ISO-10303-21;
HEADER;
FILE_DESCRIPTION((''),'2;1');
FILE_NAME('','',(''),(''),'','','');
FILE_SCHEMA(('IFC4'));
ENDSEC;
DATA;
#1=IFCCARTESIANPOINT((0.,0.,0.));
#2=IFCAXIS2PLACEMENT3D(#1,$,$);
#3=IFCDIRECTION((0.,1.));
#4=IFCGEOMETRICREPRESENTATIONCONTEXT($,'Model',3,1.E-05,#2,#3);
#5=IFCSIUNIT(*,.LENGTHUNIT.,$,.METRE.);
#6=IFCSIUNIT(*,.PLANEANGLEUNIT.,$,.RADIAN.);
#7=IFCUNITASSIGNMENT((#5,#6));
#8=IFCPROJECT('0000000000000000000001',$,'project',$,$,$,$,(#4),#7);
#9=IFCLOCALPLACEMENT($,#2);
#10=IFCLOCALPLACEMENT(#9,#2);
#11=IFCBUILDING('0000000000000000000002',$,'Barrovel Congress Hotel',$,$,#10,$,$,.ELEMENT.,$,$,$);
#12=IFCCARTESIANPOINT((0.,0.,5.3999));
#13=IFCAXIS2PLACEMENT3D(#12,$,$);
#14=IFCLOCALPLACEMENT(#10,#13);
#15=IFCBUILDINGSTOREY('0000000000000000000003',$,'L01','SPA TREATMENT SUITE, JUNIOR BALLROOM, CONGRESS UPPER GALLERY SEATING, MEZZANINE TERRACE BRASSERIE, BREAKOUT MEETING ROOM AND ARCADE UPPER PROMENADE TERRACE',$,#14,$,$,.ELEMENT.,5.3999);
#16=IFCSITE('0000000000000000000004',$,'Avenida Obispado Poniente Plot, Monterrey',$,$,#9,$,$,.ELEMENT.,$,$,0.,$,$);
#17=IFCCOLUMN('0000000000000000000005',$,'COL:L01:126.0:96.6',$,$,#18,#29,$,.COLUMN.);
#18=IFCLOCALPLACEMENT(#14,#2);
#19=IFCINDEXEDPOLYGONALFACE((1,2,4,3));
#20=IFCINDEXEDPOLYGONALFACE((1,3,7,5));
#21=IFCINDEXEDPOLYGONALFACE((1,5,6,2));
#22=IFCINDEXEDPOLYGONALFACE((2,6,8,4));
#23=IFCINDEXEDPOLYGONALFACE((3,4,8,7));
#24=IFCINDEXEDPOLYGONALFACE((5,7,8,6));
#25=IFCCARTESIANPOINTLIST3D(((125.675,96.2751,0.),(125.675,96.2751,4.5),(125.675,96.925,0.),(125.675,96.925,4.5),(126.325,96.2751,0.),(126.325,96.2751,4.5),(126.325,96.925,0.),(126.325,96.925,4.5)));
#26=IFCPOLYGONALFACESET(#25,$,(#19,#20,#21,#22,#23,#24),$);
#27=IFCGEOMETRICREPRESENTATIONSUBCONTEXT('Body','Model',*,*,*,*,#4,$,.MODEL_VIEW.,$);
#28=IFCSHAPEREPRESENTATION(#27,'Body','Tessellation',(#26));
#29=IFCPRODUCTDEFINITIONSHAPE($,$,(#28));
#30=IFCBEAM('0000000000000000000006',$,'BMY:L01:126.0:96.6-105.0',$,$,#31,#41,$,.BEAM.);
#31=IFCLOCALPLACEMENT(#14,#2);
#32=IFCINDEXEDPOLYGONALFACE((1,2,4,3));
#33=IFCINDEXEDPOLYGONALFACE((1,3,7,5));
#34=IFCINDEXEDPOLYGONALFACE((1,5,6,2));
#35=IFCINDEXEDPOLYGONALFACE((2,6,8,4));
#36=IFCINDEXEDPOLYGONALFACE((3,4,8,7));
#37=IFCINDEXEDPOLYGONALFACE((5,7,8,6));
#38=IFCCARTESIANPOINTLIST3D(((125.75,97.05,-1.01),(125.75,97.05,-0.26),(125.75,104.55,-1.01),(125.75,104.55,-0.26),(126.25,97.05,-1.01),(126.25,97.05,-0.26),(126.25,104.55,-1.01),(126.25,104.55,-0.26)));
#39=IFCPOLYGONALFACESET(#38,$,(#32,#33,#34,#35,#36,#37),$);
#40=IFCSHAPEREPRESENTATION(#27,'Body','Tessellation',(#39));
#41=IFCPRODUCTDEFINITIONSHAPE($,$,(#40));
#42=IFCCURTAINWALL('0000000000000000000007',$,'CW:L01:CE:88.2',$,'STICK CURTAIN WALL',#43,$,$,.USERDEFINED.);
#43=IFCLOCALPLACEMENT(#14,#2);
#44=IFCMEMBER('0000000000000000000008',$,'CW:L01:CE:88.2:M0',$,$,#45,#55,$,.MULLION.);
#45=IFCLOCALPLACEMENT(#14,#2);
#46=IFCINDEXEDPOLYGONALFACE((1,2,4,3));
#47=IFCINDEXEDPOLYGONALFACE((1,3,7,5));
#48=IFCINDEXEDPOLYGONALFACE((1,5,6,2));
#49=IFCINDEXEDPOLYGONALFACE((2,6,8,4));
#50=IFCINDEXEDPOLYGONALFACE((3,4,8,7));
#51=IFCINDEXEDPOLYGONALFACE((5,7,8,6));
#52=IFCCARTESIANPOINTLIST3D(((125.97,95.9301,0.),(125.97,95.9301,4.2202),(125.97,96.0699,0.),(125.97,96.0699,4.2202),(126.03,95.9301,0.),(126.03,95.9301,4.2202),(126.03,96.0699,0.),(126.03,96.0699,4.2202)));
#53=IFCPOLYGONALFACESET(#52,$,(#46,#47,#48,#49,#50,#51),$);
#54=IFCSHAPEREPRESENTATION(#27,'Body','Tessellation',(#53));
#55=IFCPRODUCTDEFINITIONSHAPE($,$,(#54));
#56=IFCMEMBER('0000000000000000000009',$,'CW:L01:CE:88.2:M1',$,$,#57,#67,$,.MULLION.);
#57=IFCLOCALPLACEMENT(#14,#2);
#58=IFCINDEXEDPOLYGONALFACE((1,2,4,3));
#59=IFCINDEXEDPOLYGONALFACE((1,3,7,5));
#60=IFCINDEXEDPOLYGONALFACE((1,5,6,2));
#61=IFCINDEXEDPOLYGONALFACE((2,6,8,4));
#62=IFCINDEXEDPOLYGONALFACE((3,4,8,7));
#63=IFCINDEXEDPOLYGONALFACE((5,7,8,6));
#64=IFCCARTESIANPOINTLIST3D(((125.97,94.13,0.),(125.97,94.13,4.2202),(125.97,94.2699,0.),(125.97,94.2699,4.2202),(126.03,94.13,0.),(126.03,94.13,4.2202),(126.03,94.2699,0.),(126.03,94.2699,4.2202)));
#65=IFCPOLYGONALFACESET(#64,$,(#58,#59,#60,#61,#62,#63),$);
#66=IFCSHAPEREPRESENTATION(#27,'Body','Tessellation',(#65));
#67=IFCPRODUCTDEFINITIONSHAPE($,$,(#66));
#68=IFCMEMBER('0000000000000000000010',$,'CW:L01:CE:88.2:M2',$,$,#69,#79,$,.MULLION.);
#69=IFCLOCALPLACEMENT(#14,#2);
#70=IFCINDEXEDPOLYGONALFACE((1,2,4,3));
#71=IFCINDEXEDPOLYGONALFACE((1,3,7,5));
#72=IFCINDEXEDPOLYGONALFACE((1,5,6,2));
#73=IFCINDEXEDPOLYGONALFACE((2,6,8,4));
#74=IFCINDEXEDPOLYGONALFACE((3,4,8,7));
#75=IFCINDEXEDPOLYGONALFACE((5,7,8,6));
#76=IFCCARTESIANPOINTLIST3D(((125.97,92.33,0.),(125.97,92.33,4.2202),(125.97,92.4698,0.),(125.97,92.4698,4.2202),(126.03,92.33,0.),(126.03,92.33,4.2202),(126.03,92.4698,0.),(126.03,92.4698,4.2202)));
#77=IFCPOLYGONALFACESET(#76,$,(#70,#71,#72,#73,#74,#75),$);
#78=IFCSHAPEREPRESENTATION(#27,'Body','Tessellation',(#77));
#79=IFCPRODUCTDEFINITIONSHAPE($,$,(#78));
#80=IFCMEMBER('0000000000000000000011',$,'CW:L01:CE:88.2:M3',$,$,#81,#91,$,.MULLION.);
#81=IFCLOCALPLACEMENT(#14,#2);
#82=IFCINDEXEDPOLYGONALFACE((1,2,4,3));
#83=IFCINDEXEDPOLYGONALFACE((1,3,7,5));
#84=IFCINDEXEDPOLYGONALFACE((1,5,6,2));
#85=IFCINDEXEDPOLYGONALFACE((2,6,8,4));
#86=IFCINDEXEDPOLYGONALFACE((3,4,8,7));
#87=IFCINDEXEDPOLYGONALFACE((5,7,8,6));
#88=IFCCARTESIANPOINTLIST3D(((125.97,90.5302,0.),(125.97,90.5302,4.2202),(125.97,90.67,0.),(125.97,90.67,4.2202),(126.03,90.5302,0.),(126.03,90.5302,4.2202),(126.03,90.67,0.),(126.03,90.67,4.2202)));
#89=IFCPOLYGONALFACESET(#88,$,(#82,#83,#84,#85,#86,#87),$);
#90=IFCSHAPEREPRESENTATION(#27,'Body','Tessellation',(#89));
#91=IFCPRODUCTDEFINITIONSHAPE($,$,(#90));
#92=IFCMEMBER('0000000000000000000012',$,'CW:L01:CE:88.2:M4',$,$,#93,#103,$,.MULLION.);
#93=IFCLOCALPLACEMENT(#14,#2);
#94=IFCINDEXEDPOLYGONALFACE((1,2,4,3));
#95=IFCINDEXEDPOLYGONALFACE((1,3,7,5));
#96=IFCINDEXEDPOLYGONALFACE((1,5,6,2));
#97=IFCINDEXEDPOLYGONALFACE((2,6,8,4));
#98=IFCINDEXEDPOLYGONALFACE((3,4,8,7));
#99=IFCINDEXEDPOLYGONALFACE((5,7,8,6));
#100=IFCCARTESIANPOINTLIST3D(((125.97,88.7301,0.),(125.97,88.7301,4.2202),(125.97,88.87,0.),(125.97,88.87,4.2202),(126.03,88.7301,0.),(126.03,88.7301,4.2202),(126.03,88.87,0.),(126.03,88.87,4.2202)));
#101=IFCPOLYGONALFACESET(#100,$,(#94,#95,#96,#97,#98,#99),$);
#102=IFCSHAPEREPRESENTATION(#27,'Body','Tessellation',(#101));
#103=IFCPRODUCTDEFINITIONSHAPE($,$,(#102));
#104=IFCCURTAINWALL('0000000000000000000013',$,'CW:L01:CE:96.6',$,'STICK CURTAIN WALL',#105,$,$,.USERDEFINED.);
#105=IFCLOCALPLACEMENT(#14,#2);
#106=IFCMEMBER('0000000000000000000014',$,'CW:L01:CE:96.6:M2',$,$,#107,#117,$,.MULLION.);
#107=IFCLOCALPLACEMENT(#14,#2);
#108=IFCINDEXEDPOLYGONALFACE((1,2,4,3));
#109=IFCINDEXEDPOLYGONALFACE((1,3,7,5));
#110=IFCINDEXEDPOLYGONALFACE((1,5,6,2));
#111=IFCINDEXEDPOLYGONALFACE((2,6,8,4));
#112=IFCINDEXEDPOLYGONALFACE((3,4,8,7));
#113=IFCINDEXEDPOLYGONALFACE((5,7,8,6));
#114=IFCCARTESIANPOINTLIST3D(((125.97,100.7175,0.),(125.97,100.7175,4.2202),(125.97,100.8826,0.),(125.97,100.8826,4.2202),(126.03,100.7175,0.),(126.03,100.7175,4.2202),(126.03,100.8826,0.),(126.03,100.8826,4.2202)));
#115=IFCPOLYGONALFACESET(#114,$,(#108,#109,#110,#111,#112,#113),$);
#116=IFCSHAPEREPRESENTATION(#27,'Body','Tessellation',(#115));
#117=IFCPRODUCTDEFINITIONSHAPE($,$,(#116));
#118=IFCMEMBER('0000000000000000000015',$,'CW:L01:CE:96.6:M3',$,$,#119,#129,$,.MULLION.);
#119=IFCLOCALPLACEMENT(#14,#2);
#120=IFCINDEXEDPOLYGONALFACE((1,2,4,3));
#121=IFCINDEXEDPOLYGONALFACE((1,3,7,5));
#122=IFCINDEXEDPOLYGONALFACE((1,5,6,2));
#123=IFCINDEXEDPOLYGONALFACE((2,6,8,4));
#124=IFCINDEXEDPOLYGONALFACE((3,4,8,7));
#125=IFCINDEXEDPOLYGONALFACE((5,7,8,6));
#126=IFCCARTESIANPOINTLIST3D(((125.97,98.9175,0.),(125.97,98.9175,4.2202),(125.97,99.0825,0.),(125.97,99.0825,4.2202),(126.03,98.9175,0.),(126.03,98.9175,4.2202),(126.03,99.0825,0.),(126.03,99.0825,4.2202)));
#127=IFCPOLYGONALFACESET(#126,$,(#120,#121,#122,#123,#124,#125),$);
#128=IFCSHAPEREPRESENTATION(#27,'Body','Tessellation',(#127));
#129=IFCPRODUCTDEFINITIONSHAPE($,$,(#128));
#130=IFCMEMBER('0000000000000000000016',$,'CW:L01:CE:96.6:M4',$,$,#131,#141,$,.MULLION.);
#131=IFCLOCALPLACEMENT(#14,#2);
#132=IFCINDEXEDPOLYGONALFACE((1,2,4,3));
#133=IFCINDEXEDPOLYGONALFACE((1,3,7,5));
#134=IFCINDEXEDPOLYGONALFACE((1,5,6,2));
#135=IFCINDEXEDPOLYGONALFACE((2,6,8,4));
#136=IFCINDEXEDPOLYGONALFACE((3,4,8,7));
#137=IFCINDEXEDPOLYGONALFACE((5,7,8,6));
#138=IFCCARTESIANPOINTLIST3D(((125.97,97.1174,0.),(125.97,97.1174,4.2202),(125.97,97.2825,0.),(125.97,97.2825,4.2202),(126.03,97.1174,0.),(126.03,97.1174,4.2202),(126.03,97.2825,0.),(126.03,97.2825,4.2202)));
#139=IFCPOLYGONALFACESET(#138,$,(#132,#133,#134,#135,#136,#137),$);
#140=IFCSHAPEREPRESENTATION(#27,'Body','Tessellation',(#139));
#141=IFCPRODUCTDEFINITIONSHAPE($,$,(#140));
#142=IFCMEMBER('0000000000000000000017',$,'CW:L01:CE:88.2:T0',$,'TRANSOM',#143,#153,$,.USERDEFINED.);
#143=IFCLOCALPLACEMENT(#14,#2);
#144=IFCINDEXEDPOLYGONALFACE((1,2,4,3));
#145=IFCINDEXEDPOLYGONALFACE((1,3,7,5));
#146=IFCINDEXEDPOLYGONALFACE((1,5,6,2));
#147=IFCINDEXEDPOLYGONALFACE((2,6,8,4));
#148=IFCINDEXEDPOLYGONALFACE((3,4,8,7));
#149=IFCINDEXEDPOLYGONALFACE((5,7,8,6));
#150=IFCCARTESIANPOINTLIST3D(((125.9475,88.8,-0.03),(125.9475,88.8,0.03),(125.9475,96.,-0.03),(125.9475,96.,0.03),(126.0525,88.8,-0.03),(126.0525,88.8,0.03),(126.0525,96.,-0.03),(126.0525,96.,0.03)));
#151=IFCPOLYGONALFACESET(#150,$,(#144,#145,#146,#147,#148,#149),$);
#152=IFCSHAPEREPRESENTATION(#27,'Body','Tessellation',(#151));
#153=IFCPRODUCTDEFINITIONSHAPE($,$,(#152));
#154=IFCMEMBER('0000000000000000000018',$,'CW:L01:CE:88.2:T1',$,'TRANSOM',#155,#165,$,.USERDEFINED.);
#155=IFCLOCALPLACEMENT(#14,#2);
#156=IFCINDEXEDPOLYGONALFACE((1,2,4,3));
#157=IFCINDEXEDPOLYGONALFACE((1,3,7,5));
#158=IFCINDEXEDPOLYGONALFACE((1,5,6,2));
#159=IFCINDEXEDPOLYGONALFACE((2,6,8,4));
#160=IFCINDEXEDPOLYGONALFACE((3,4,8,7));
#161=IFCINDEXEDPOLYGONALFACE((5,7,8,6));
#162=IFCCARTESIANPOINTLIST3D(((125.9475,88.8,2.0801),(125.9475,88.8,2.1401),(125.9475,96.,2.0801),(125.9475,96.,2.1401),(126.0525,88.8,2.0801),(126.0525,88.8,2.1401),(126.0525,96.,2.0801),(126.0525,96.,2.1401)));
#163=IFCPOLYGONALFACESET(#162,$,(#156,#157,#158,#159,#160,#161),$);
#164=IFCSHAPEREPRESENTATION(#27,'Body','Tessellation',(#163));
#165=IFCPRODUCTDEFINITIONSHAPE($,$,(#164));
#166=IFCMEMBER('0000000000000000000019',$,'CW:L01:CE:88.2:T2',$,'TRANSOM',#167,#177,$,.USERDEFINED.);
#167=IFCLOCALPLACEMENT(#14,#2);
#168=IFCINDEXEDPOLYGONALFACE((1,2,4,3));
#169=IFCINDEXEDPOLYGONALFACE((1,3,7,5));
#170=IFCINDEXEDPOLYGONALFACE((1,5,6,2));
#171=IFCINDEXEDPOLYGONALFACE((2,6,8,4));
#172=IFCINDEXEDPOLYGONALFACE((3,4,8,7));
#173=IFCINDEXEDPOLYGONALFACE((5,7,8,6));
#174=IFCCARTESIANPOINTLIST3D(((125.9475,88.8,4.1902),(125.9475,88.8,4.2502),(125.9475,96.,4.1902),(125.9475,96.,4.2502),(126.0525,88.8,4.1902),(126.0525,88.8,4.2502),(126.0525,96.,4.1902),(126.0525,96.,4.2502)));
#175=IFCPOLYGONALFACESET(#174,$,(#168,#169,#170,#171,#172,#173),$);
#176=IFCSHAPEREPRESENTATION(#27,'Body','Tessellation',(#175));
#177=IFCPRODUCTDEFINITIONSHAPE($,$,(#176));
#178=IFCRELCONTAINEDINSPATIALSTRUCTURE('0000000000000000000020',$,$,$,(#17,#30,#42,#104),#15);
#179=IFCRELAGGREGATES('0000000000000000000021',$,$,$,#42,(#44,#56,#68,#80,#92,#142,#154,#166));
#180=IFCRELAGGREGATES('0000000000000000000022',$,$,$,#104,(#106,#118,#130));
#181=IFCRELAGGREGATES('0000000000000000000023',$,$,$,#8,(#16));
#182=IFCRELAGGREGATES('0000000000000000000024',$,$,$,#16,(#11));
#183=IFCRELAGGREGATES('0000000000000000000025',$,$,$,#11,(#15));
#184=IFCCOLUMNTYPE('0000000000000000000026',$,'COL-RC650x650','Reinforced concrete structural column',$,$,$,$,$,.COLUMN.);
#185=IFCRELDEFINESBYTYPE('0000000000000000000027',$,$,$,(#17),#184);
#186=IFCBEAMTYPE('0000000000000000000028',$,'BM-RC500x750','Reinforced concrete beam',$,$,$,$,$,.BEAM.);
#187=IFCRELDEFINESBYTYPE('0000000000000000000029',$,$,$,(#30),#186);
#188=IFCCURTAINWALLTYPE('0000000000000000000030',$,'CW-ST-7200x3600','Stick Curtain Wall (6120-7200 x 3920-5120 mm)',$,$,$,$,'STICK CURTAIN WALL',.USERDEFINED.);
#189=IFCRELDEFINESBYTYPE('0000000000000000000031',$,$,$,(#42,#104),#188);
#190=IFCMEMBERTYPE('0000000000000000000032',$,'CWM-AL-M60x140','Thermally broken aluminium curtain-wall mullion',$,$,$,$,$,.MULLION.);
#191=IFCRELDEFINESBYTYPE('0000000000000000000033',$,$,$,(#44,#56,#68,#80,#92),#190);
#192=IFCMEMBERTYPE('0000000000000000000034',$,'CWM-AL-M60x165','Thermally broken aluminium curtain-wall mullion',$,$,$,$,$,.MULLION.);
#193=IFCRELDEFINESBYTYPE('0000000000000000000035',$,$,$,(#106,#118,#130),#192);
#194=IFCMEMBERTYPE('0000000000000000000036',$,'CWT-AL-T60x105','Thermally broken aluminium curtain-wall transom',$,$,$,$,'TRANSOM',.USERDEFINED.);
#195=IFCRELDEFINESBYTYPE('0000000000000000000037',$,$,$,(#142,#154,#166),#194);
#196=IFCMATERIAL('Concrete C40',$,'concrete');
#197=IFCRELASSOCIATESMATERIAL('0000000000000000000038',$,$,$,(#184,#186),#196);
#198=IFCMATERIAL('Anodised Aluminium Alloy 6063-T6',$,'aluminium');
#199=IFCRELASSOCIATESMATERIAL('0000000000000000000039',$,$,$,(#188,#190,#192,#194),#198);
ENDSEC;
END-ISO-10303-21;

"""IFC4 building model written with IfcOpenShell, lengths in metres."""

from ifc_helpers import new_model, si_unit, direction, frame, origin, origin_2d, place, context, subcontext, project, spatial, rectangle, extrude, material, material_profile, profile_set, type_object, element, aggregate, save


model = new_model("IFC4")

# Units and contexts
model_context = context("Model", 3, precision=1e-05, world=origin(), true_north=direction((0.0, 1.0)))
body_context = subcontext(model_context, "Body", "Model", "MODEL_VIEW")
ifc_project = project(units=[si_unit("LENGTHUNIT", "METRE"), si_unit("PLANEANGLEUNIT", "RADIAN")], contexts=[model_context])

# Site, building, storey
site_placement = place(None, origin())
site = spatial("IfcSite", under=ifc_project, at=site_placement, Name="Avenida Obispado Poniente Plot, Monterrey", CompositionType="ELEMENT", RefElevation=0.0)
building_placement = place(site_placement, origin())
building = spatial("IfcBuilding", under=site, at=building_placement, Name="Barrovel Congress Hotel", CompositionType="ELEMENT")
storey_placement = place(building_placement, frame((0.0, 0.0, 5.3999)))
storey = spatial("IfcBuildingStorey", under=building, at=storey_placement, Name="L01", Description="SPA TREATMENT SUITE, JUNIOR BALLROOM, CONGRESS UPPER GALLERY SEATING, MEZZANINE TERRACE BRASSERIE, BREAKOUT MEETING ROOM AND ARCADE UPPER PROMENADE TERRACE", CompositionType="ELEMENT", Elevation=5.3999)

# Column
ifc_material_1 = material(Name="Concrete C40", Category="concrete")
ifc_material_profile_1 = material_profile(ifc_material_1, rectangle(XDim=0.6499, YDim=0.6499, at=origin_2d()), Name="RC650x650")
ifc_profile_set_1 = profile_set([ifc_material_profile_1], Name="Concrete C40")
column_type = type_object("IfcColumnType", Name="COL-RC650x650", Description="Reinforced concrete structural column", PredefinedType="COLUMN", material=ifc_profile_set_1)
column_placement = place(storey_placement, frame((126.0, 96.6001, 0.0), z_axis=(0.0, 0.0, 1.0), x_axis=(1.0, 0.0, 0.0)))
element("IfcColumn", 1, at=column_placement, inside=storey, type_object=column_type, Name="COL:L01:126.0:96.6", PredefinedType="COLUMN", context=body_context, shape_type="SweptSolid", body=[
    extrude(rectangle(XDim=0.6499, YDim=0.6499, at=origin_2d()), origin(), (0.0, 0.0, 1.0), 4.5),
])

# Beam
ifc_material_profile_2 = material_profile(ifc_material_1, rectangle(XDim=0.5, YDim=0.75, at=origin_2d()), Name="RC500x750")
ifc_profile_set_2 = profile_set([ifc_material_profile_2], Name="Concrete C40")
beam_type_1 = type_object("IfcBeamType", Name="BM-RC500x750", Description="Reinforced concrete beam", PredefinedType="BEAM", material=ifc_profile_set_2)
beam_1_placement = place(storey_placement, frame((126.0, 97.05, -0.635), z_axis=(0.0, 1.0, 0.0), x_axis=(-1.0, 0.0, 0.0)))
element("IfcBeam", 2, at=beam_1_placement, inside=storey, type_object=beam_type_1, Name="BMY:L01:126.0:96.6-105.0", PredefinedType="BEAM", context=body_context, shape_type="SweptSolid", body=[
    extrude(rectangle(XDim=0.5, YDim=0.75, at=origin_2d()), origin(), (0.0, 0.0, 1.0), 7.5),
])

# Curtain walls, members
ifc_material_2 = material(Name="Anodised Aluminium Alloy 6063-T6", Category="aluminium")
curtain_wall_type = type_object("IfcCurtainWallType", Name="CW-ST-7200x3600", Description="Stick Curtain Wall (6120-7200 x 3920-5120 mm)", ElementType="STICK CURTAIN WALL", PredefinedType="USERDEFINED", material=ifc_material_2)
curtain_wall_1_placement = place(storey_placement, origin())
curtain_wall_1 = element("IfcCurtainWall", 3, at=curtain_wall_1_placement, inside=storey, type_object=curtain_wall_type, Name="CW:L01:CE:88.2", ObjectType="STICK CURTAIN WALL", PredefinedType="USERDEFINED")
ifc_material_profile_3 = material_profile(ifc_material_2, rectangle(XDim=0.0601, YDim=0.1399, at=origin_2d()), Name="AL-M60x140")
ifc_profile_set_3 = profile_set([ifc_material_profile_3], Name="Anodised Aluminium Alloy 6063-T6")
member_type_1 = type_object("IfcMemberType", Name="CWM-AL-M60x140", Description="Thermally broken aluminium curtain-wall mullion", PredefinedType="MULLION", material=ifc_profile_set_3)
member_1_placement = place(storey_placement, frame((126.0, 96.0, 0.0), z_axis=(0.0, 0.0, 1.0), x_axis=(1.0, 0.0, 0.0)))
member_1 = element("IfcMember", 4, at=member_1_placement, type_object=member_type_1, Name="CW:L01:CE:88.2:M0", PredefinedType="MULLION", context=body_context, shape_type="SweptSolid", body=[
    extrude(rectangle(XDim=0.0601, YDim=0.1399, at=origin_2d()), origin(), (0.0, 0.0, 1.0), 4.2202),
])
member_2_placement = place(storey_placement, frame((126.0, 94.2, 0.0), z_axis=(0.0, 0.0, 1.0), x_axis=(1.0, 0.0, 0.0)))
member_2 = element("IfcMember", 5, at=member_2_placement, type_object=member_type_1, Name="CW:L01:CE:88.2:M1", PredefinedType="MULLION", context=body_context, shape_type="SweptSolid", body=[
    extrude(rectangle(XDim=0.0601, YDim=0.1399, at=origin_2d()), origin(), (0.0, 0.0, 1.0), 4.2202),
])
member_3_placement = place(storey_placement, frame((126.0, 92.3999, 0.0), z_axis=(0.0, 0.0, 1.0), x_axis=(1.0, 0.0, 0.0)))
member_3 = element("IfcMember", 6, at=member_3_placement, type_object=member_type_1, Name="CW:L01:CE:88.2:M2", PredefinedType="MULLION", context=body_context, shape_type="SweptSolid", body=[
    extrude(rectangle(XDim=0.0601, YDim=0.1399, at=origin_2d()), origin(), (0.0, 0.0, 1.0), 4.2202),
])
member_4_placement = place(storey_placement, frame((126.0, 90.6001, 0.0), z_axis=(0.0, 0.0, 1.0), x_axis=(1.0, 0.0, 0.0)))
member_4 = element("IfcMember", 7, at=member_4_placement, type_object=member_type_1, Name="CW:L01:CE:88.2:M3", PredefinedType="MULLION", context=body_context, shape_type="SweptSolid", body=[
    extrude(rectangle(XDim=0.0601, YDim=0.1399, at=origin_2d()), origin(), (0.0, 0.0, 1.0), 4.2202),
])
member_5_placement = place(storey_placement, frame((126.0, 88.8, 0.0), z_axis=(0.0, 0.0, 1.0), x_axis=(1.0, 0.0, 0.0)))
member_5 = element("IfcMember", 8, at=member_5_placement, type_object=member_type_1, Name="CW:L01:CE:88.2:M4", PredefinedType="MULLION", context=body_context, shape_type="SweptSolid", body=[
    extrude(rectangle(XDim=0.0601, YDim=0.1399, at=origin_2d()), origin(), (0.0, 0.0, 1.0), 4.2202),
])
curtain_wall_2_placement = place(storey_placement, origin())
curtain_wall_2 = element("IfcCurtainWall", 9, at=curtain_wall_2_placement, inside=storey, type_object=curtain_wall_type, Name="CW:L01:CE:96.6", ObjectType="STICK CURTAIN WALL", PredefinedType="USERDEFINED")
ifc_material_profile_4 = material_profile(ifc_material_2, rectangle(XDim=0.0601, YDim=0.165, at=origin_2d()), Name="AL-M60x165")
ifc_profile_set_4 = profile_set([ifc_material_profile_4], Name="Anodised Aluminium Alloy 6063-T6")
member_type_2 = type_object("IfcMemberType", Name="CWM-AL-M60x165", Description="Thermally broken aluminium curtain-wall mullion", PredefinedType="MULLION", material=ifc_profile_set_4)
member_6_placement = place(storey_placement, frame((126.0, 100.8, 0.0), z_axis=(0.0, 0.0, 1.0), x_axis=(1.0, 0.0, 0.0)))
member_6 = element("IfcMember", 10, at=member_6_placement, type_object=member_type_2, Name="CW:L01:CE:96.6:M2", PredefinedType="MULLION", context=body_context, shape_type="SweptSolid", body=[
    extrude(rectangle(XDim=0.0601, YDim=0.165, at=origin_2d()), origin(), (0.0, 0.0, 1.0), 4.2202),
])
member_7_placement = place(storey_placement, frame((126.0, 99.0, 0.0), z_axis=(0.0, 0.0, 1.0), x_axis=(1.0, 0.0, 0.0)))
member_7 = element("IfcMember", 11, at=member_7_placement, type_object=member_type_2, Name="CW:L01:CE:96.6:M3", PredefinedType="MULLION", context=body_context, shape_type="SweptSolid", body=[
    extrude(rectangle(XDim=0.0601, YDim=0.165, at=origin_2d()), origin(), (0.0, 0.0, 1.0), 4.2202),
])
member_8_placement = place(storey_placement, frame((126.0, 97.2, 0.0), z_axis=(0.0, 0.0, 1.0), x_axis=(1.0, 0.0, 0.0)))
member_8 = element("IfcMember", 12, at=member_8_placement, type_object=member_type_2, Name="CW:L01:CE:96.6:M4", PredefinedType="MULLION", context=body_context, shape_type="SweptSolid", body=[
    extrude(rectangle(XDim=0.0601, YDim=0.165, at=origin_2d()), origin(), (0.0, 0.0, 1.0), 4.2202),
])

# Members
ifc_material_profile_5 = material_profile(ifc_material_2, rectangle(XDim=0.105, YDim=0.0601, at=origin_2d()), Name="AL-T60x105")
ifc_profile_set_5 = profile_set([ifc_material_profile_5], Name="Anodised Aluminium Alloy 6063-T6")
member_type_3 = type_object("IfcMemberType", Name="CWT-AL-T60x105", Description="Thermally broken aluminium curtain-wall transom", ElementType="TRANSOM", PredefinedType="USERDEFINED", material=ifc_profile_set_5)
member_9_placement = place(storey_placement, frame((126.0, 96.0, 0.0), z_axis=(0.0, -1.0, 0.0), x_axis=(1.0, 0.0, 0.0)))
member_9 = element("IfcMember", 13, at=member_9_placement, type_object=member_type_3, Name="CW:L01:CE:88.2:T0", ObjectType="TRANSOM", PredefinedType="USERDEFINED", context=body_context, shape_type="SweptSolid", body=[
    extrude(rectangle(XDim=0.105, YDim=0.0601, at=origin_2d()), origin(), (0.0, 0.0, 1.0), 7.2),
])
member_10_placement = place(storey_placement, frame((126.0, 96.0, 2.1101), z_axis=(0.0, -1.0, 0.0), x_axis=(1.0, 0.0, 0.0)))
member_10 = element("IfcMember", 14, at=member_10_placement, type_object=member_type_3, Name="CW:L01:CE:88.2:T1", ObjectType="TRANSOM", PredefinedType="USERDEFINED", context=body_context, shape_type="SweptSolid", body=[
    extrude(rectangle(XDim=0.105, YDim=0.0601, at=origin_2d()), origin(), (0.0, 0.0, 1.0), 7.2),
])
member_11_placement = place(storey_placement, frame((126.0, 96.0, 4.2202), z_axis=(0.0, -1.0, 0.0), x_axis=(1.0, 0.0, 0.0)))
member_11 = element("IfcMember", 15, at=member_11_placement, type_object=member_type_3, Name="CW:L01:CE:88.2:T2", ObjectType="TRANSOM", PredefinedType="USERDEFINED", context=body_context, shape_type="SweptSolid", body=[
    extrude(rectangle(XDim=0.105, YDim=0.0601, at=origin_2d()), origin(), (0.0, 0.0, 1.0), 7.2),
])

aggregate(curtain_wall_1, [member_1, member_2, member_3, member_4, member_5, member_9, member_10, member_11])
aggregate(curtain_wall_2, [member_6, member_7, member_8])

save(model, "model.ifc")
